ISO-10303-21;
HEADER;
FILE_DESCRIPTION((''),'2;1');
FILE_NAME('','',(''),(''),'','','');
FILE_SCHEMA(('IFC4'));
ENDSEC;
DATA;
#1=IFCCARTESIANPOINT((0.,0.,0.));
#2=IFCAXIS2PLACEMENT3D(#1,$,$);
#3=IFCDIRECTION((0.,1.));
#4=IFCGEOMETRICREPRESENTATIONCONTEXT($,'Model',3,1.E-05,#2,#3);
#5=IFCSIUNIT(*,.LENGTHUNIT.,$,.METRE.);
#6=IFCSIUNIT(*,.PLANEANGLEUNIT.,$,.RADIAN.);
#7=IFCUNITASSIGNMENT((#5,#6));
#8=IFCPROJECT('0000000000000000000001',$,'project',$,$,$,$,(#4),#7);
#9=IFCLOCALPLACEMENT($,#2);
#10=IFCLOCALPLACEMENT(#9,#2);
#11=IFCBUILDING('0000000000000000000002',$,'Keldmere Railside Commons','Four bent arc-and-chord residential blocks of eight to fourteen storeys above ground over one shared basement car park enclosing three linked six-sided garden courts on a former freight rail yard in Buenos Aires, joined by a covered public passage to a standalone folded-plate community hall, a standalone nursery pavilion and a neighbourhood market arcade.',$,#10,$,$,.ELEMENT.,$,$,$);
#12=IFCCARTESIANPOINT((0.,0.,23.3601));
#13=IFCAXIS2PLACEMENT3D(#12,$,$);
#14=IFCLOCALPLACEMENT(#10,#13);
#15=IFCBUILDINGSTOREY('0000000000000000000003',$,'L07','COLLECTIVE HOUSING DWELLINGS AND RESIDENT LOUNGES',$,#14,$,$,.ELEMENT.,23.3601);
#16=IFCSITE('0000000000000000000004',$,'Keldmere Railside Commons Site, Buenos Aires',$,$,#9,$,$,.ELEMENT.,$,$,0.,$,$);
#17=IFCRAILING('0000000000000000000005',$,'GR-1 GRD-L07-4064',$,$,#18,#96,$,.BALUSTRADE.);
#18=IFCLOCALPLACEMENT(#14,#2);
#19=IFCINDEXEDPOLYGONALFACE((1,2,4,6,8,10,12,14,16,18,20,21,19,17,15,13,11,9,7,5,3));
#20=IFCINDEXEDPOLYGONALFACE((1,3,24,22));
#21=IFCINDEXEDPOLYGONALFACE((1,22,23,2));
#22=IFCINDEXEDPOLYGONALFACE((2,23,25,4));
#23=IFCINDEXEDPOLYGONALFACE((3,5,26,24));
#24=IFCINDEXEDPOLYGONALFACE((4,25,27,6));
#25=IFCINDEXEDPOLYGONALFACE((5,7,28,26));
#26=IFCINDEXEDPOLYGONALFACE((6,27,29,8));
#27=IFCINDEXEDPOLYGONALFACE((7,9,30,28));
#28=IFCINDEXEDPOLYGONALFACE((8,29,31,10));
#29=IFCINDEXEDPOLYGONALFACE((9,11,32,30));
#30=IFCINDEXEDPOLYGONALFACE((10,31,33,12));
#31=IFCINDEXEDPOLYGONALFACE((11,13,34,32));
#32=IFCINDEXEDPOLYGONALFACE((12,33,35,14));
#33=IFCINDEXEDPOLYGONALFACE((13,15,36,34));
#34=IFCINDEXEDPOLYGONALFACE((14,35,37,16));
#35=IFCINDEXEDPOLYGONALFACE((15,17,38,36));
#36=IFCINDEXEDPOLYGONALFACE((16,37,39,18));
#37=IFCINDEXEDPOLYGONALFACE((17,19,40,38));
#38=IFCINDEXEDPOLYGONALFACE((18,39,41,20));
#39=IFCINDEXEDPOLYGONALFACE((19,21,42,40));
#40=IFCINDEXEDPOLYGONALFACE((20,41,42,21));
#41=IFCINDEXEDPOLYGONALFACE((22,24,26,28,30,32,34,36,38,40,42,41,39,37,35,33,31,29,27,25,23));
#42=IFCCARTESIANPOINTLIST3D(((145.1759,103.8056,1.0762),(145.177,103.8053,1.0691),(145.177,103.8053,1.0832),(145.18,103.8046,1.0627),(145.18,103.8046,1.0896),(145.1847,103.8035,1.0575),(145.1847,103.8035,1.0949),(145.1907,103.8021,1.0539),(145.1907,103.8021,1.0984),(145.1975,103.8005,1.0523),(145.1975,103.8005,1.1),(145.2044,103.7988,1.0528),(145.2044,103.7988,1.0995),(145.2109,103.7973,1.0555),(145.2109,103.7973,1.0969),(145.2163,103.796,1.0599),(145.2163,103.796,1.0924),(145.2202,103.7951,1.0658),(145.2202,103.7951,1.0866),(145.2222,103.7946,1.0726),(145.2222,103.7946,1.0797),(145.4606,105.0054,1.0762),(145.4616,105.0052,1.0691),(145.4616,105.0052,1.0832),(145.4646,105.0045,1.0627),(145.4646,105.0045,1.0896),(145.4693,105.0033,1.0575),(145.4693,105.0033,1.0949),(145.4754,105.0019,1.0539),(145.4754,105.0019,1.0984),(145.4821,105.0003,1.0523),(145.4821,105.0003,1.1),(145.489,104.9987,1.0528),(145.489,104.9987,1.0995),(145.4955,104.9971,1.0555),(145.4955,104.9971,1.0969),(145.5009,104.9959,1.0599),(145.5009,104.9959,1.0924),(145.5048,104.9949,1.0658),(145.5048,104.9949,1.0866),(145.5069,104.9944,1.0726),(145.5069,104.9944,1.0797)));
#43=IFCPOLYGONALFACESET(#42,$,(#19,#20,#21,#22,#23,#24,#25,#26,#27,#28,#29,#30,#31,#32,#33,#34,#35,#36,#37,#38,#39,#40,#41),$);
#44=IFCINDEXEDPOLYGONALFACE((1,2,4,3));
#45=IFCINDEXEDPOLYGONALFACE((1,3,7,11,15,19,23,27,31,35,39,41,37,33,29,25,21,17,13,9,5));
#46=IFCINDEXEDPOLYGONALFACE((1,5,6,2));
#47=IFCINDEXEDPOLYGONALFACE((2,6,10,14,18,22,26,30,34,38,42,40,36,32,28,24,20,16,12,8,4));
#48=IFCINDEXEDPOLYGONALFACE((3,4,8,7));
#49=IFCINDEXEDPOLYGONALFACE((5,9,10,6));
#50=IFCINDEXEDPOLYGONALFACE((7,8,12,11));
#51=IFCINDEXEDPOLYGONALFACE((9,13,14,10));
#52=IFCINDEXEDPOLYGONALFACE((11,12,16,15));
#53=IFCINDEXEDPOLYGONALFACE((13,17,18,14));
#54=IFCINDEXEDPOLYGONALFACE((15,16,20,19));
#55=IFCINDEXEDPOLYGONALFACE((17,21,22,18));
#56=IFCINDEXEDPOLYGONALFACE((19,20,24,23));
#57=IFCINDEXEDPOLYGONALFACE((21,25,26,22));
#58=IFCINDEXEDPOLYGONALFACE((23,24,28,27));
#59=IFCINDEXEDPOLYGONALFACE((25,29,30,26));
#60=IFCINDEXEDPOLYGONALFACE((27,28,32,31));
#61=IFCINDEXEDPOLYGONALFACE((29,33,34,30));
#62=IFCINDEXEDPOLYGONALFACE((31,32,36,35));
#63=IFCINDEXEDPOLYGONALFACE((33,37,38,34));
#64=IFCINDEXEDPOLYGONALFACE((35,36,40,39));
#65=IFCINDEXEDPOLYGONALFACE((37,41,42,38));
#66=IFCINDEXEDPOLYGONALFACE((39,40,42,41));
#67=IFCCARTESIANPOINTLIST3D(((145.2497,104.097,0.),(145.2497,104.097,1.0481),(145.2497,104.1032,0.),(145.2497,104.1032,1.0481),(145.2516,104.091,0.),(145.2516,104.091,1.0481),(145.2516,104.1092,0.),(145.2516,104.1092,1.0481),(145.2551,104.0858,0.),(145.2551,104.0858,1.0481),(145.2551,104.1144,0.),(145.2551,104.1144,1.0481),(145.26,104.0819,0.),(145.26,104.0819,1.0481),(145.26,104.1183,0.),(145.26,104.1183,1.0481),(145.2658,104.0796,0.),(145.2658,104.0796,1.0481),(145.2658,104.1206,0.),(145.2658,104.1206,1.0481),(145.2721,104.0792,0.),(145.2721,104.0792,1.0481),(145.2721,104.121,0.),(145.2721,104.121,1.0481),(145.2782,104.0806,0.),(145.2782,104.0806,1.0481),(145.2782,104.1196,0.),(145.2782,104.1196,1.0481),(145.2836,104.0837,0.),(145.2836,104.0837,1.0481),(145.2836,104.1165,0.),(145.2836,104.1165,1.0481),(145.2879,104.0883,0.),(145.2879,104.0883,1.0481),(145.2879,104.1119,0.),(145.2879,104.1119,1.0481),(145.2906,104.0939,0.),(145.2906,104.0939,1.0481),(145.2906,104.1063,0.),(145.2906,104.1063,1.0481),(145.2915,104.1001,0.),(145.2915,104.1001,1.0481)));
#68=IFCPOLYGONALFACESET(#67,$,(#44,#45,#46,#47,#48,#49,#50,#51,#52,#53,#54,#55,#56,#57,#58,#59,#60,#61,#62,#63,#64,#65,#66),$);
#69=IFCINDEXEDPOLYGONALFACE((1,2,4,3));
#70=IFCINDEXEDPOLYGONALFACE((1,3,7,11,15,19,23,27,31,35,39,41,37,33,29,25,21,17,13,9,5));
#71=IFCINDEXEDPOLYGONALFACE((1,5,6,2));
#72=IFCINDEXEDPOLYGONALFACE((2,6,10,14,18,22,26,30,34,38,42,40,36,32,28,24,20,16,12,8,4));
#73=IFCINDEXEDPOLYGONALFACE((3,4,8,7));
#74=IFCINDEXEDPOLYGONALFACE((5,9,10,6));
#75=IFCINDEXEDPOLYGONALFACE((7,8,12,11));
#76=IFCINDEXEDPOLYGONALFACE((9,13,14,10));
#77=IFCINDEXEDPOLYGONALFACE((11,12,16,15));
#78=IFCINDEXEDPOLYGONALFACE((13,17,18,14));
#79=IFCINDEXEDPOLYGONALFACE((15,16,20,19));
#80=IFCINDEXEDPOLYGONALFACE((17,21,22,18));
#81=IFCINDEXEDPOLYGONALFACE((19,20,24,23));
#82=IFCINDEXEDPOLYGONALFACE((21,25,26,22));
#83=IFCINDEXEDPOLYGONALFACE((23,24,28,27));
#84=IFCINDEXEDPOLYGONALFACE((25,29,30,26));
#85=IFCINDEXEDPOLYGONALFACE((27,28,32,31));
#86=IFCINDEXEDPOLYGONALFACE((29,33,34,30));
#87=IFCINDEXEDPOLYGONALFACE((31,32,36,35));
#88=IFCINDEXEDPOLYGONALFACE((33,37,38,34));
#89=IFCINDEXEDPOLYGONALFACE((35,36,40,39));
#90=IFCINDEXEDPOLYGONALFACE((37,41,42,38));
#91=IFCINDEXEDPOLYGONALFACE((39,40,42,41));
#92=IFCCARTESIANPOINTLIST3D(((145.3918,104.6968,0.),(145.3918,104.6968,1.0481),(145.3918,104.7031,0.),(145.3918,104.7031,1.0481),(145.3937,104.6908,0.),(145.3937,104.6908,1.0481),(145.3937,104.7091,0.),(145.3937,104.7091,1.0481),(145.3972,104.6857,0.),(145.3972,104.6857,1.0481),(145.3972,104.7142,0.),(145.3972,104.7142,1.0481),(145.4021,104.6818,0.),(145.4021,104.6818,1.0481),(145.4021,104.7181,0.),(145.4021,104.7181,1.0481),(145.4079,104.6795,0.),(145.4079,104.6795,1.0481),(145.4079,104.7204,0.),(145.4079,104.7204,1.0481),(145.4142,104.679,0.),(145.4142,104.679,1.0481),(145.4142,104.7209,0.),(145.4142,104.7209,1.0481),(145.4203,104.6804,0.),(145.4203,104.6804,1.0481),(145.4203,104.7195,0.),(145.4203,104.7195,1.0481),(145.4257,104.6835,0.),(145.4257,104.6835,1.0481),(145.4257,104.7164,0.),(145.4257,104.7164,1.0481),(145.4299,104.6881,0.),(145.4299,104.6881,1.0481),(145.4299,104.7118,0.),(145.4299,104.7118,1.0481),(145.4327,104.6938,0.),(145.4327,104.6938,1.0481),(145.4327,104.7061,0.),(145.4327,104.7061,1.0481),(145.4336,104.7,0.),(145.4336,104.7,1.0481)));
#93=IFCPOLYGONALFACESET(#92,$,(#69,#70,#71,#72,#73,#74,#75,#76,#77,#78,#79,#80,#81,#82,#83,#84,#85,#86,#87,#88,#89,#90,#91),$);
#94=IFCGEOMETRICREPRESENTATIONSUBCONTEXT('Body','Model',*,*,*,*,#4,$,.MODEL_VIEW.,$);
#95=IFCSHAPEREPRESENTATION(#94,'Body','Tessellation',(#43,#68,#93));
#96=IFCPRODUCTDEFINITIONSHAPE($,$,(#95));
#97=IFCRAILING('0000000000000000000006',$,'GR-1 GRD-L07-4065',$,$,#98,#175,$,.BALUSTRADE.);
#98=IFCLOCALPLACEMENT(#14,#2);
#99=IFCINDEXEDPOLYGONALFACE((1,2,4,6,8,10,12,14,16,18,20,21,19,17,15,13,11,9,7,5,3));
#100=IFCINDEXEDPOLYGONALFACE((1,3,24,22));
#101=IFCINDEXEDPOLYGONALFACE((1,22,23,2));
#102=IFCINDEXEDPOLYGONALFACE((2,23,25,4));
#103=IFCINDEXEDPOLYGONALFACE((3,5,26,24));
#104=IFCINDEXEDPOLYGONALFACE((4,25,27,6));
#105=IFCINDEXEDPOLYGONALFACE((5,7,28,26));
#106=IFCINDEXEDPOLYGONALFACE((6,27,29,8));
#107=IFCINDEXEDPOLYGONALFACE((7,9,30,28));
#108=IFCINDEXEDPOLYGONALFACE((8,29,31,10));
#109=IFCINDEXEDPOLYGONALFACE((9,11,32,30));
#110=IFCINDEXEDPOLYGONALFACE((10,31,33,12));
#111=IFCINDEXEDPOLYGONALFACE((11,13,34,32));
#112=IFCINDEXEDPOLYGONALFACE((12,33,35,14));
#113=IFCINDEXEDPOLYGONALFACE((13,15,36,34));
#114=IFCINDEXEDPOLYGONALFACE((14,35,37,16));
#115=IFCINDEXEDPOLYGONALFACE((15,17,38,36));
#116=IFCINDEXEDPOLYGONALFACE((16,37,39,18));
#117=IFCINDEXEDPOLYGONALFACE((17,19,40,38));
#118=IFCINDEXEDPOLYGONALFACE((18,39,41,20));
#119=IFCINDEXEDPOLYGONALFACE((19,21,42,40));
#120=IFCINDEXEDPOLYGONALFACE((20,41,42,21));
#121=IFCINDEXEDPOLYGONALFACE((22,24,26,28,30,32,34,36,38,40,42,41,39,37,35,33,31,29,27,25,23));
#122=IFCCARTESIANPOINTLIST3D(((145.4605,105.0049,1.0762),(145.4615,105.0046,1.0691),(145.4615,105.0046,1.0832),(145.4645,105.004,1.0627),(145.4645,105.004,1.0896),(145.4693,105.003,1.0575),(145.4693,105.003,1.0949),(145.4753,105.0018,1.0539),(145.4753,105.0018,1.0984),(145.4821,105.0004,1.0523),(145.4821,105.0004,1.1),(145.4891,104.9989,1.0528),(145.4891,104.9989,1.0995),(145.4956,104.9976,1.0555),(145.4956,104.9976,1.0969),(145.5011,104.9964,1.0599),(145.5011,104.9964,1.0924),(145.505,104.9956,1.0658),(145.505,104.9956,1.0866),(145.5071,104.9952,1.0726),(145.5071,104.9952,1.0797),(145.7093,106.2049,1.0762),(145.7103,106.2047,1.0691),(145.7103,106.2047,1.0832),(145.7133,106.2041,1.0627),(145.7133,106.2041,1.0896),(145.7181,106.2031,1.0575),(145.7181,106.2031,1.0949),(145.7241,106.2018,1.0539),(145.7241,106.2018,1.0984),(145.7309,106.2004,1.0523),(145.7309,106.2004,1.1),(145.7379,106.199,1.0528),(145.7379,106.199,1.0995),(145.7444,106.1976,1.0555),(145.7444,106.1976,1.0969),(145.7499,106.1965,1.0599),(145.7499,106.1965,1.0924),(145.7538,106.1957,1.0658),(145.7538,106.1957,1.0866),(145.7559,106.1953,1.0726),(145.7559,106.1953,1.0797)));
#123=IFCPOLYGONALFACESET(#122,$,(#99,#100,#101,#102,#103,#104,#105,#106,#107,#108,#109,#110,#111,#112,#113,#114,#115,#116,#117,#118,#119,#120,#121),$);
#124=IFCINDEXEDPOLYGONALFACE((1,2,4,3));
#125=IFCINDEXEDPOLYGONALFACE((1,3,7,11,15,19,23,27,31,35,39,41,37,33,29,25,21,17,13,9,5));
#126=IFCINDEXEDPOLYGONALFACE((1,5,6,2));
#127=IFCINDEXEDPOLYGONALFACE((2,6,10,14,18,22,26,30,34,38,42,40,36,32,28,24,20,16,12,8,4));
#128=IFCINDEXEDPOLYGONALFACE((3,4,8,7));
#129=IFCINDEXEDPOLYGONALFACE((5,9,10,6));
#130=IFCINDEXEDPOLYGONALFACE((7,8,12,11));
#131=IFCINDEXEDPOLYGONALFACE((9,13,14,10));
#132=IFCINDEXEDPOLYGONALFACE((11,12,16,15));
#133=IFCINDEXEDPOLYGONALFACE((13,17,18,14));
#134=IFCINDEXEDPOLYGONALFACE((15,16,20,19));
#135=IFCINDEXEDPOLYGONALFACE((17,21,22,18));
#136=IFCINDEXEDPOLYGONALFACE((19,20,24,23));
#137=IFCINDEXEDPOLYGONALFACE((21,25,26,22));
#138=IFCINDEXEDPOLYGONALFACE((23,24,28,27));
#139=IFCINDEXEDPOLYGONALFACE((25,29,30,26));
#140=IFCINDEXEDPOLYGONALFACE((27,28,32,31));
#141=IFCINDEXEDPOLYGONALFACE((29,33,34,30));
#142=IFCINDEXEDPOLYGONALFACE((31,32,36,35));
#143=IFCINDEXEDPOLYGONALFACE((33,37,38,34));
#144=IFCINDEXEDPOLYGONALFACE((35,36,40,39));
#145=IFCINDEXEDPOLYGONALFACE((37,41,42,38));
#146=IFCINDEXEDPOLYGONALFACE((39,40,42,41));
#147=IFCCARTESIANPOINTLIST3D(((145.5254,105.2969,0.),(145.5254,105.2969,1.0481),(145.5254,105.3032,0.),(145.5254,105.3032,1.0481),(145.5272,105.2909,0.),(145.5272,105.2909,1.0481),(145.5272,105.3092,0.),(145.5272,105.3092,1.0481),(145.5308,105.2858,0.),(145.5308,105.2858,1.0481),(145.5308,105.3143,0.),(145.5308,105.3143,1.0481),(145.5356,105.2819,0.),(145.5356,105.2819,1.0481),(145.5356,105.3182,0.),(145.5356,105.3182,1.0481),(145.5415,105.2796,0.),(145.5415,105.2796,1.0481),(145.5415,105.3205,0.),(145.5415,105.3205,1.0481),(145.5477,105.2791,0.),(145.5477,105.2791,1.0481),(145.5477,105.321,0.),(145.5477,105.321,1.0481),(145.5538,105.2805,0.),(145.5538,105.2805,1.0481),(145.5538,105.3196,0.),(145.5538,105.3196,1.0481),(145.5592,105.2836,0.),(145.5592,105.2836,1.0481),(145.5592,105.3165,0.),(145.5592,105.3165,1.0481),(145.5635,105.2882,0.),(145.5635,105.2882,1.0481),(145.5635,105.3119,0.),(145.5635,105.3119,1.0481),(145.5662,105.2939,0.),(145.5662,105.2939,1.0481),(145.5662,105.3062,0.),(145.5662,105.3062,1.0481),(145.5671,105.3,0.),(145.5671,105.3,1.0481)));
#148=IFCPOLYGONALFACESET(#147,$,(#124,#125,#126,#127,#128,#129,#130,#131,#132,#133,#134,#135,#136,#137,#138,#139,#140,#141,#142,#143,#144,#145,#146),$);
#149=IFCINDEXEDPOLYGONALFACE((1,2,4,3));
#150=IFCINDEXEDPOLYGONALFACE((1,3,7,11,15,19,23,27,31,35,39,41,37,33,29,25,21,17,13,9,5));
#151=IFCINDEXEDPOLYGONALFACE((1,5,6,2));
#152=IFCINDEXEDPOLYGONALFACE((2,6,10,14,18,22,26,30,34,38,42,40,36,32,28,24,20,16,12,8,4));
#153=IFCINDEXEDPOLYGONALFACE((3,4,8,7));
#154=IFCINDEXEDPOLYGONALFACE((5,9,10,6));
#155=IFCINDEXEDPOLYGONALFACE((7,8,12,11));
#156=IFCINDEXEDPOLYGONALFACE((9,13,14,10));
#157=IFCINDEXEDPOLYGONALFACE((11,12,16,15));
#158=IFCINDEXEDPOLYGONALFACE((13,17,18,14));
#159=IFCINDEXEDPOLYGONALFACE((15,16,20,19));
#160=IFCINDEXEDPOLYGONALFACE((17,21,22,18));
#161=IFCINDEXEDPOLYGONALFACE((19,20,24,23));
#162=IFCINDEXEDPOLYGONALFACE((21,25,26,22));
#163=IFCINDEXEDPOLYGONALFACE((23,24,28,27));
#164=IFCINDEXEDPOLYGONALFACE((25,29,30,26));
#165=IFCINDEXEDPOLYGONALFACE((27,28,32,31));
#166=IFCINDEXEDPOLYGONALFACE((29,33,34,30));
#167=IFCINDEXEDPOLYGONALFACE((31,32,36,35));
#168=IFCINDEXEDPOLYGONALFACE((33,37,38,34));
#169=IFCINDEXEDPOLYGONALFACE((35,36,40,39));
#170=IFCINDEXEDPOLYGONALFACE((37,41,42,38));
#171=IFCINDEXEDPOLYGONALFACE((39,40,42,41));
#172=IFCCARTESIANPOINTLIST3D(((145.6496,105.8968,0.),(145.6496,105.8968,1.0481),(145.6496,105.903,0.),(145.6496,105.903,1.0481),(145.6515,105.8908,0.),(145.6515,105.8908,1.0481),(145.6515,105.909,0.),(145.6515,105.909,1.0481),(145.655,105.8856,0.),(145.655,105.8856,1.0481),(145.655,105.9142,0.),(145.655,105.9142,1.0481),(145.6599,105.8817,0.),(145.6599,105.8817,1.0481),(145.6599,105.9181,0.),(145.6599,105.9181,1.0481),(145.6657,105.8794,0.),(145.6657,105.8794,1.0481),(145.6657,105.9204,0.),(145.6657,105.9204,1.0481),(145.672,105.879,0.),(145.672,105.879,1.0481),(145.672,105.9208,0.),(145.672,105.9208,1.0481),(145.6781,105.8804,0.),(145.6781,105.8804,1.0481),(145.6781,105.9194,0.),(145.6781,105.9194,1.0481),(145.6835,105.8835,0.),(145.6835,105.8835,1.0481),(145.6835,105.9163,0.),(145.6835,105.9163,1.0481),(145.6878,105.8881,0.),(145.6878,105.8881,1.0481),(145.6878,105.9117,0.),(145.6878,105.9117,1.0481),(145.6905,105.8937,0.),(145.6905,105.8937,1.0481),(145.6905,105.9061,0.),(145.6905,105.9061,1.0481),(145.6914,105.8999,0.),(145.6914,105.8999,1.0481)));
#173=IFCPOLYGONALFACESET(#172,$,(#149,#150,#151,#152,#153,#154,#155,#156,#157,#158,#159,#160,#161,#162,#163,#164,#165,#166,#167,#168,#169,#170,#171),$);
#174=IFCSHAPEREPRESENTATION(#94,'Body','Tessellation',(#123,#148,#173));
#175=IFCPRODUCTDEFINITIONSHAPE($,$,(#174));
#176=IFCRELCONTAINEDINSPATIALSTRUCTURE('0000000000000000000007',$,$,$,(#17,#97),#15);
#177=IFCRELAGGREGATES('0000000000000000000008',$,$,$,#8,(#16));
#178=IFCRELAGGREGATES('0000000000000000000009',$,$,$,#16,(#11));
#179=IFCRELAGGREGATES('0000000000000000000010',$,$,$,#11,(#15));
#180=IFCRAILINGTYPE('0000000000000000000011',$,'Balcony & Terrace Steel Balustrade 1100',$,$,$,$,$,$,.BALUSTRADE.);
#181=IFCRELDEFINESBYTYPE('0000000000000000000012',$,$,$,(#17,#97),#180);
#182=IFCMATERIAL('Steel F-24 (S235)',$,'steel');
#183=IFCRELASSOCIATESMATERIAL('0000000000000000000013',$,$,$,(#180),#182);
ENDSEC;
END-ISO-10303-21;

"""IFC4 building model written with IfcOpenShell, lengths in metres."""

from ifc_helpers import new_model, si_unit, direction, frame, origin, origin_2d, place, context, subcontext, project, spatial, circle, extrude, material, type_object, element, save


model = new_model("IFC4")

# Units and contexts
model_context = context("Model", 3, precision=1e-05, world=origin(), true_north=direction((0.0, 1.0)))
body_context = subcontext(model_context, "Body", "Model", "MODEL_VIEW")
ifc_project = project(units=[si_unit("LENGTHUNIT", "METRE"), si_unit("PLANEANGLEUNIT", "RADIAN")], contexts=[model_context])

# Site, building, storey
site_placement = place(None, origin())
site = spatial("IfcSite", under=ifc_project, at=site_placement, Name="Keldmere Railside Commons Site, Buenos Aires", CompositionType="ELEMENT", RefElevation=0.0)
building_placement = place(site_placement, origin())
building = spatial("IfcBuilding", under=site, at=building_placement, Name="Keldmere Railside Commons", Description="Four bent arc-and-chord residential blocks of eight to fourteen storeys above ground over one shared basement car park enclosing three linked six-sided garden courts on a former freight rail yard in Buenos Aires, joined by a covered public passage to a standalone folded-plate community hall, a standalone nursery pavilion and a neighbourhood market arcade.", CompositionType="ELEMENT")
storey_placement = place(building_placement, frame((0.0, 0.0, 23.3601)))
storey = spatial("IfcBuildingStorey", under=building, at=storey_placement, Name="L07", Description="COLLECTIVE HOUSING DWELLINGS AND RESIDENT LOUNGES", CompositionType="ELEMENT", Elevation=23.3601)

# Shared definitions
ifc_material_1 = material(Name="Steel F-24 (S235)", Category="steel")

# Railings
railing_type = type_object("IfcRailingType", Name="Balcony & Terrace Steel Balustrade 1100", PredefinedType="BALUSTRADE", material=ifc_material_1)
railing_1_placement = place(storey_placement, frame((145.1992, 103.8, 0.0)))
element("IfcRailing", 1, at=railing_1_placement, inside=storey, type_object=railing_type, Name="GR-1 GRD-L07-4064", PredefinedType="BALUSTRADE", context=body_context, shape_type="SweptSolid", body=[
    extrude(circle(Radius=0.0239, at=origin_2d()), frame((0.0, 0.0, 1.0762), z_axis=(0.230826, 0.972995, 0.0), x_axis=(-0.972995, 0.230826, 0.0)), (0.0, 0.0, 1.0), 1.2332),
    extrude(circle(Radius=0.021, at=origin_2d()), frame((0.0713, 0.3, 0.0)), (0.0, 0.0, 1.0), 1.0481),
    extrude(circle(Radius=0.021, at=origin_2d()), frame((0.2134, 0.8999, 0.0)), (0.0, 0.0, 1.0), 1.0481),
])
railing_2_placement = place(storey_placement, frame((145.4839, 105.0, 0.0)))
element("IfcRailing", 2, at=railing_2_placement, inside=storey, type_object=railing_type, Name="GR-1 GRD-L07-4065", PredefinedType="BALUSTRADE", context=body_context, shape_type="SweptSolid", body=[
    extrude(circle(Radius=0.0239, at=origin_2d()), frame((0.0, 0.0, 1.0762), z_axis=(0.203007, 0.979177, 0.0), x_axis=(-0.979177, 0.203007, 0.0)), (0.0, 0.0, 1.0), 1.2256),
    extrude(circle(Radius=0.021, at=origin_2d()), frame((0.0623, 0.3, 0.0)), (0.0, 0.0, 1.0), 1.0481),
    extrude(circle(Radius=0.021, at=origin_2d()), frame((0.1865, 0.8999, 0.0)), (0.0, 0.0, 1.0), 1.0481),
])

save(model, "model.ifc")
